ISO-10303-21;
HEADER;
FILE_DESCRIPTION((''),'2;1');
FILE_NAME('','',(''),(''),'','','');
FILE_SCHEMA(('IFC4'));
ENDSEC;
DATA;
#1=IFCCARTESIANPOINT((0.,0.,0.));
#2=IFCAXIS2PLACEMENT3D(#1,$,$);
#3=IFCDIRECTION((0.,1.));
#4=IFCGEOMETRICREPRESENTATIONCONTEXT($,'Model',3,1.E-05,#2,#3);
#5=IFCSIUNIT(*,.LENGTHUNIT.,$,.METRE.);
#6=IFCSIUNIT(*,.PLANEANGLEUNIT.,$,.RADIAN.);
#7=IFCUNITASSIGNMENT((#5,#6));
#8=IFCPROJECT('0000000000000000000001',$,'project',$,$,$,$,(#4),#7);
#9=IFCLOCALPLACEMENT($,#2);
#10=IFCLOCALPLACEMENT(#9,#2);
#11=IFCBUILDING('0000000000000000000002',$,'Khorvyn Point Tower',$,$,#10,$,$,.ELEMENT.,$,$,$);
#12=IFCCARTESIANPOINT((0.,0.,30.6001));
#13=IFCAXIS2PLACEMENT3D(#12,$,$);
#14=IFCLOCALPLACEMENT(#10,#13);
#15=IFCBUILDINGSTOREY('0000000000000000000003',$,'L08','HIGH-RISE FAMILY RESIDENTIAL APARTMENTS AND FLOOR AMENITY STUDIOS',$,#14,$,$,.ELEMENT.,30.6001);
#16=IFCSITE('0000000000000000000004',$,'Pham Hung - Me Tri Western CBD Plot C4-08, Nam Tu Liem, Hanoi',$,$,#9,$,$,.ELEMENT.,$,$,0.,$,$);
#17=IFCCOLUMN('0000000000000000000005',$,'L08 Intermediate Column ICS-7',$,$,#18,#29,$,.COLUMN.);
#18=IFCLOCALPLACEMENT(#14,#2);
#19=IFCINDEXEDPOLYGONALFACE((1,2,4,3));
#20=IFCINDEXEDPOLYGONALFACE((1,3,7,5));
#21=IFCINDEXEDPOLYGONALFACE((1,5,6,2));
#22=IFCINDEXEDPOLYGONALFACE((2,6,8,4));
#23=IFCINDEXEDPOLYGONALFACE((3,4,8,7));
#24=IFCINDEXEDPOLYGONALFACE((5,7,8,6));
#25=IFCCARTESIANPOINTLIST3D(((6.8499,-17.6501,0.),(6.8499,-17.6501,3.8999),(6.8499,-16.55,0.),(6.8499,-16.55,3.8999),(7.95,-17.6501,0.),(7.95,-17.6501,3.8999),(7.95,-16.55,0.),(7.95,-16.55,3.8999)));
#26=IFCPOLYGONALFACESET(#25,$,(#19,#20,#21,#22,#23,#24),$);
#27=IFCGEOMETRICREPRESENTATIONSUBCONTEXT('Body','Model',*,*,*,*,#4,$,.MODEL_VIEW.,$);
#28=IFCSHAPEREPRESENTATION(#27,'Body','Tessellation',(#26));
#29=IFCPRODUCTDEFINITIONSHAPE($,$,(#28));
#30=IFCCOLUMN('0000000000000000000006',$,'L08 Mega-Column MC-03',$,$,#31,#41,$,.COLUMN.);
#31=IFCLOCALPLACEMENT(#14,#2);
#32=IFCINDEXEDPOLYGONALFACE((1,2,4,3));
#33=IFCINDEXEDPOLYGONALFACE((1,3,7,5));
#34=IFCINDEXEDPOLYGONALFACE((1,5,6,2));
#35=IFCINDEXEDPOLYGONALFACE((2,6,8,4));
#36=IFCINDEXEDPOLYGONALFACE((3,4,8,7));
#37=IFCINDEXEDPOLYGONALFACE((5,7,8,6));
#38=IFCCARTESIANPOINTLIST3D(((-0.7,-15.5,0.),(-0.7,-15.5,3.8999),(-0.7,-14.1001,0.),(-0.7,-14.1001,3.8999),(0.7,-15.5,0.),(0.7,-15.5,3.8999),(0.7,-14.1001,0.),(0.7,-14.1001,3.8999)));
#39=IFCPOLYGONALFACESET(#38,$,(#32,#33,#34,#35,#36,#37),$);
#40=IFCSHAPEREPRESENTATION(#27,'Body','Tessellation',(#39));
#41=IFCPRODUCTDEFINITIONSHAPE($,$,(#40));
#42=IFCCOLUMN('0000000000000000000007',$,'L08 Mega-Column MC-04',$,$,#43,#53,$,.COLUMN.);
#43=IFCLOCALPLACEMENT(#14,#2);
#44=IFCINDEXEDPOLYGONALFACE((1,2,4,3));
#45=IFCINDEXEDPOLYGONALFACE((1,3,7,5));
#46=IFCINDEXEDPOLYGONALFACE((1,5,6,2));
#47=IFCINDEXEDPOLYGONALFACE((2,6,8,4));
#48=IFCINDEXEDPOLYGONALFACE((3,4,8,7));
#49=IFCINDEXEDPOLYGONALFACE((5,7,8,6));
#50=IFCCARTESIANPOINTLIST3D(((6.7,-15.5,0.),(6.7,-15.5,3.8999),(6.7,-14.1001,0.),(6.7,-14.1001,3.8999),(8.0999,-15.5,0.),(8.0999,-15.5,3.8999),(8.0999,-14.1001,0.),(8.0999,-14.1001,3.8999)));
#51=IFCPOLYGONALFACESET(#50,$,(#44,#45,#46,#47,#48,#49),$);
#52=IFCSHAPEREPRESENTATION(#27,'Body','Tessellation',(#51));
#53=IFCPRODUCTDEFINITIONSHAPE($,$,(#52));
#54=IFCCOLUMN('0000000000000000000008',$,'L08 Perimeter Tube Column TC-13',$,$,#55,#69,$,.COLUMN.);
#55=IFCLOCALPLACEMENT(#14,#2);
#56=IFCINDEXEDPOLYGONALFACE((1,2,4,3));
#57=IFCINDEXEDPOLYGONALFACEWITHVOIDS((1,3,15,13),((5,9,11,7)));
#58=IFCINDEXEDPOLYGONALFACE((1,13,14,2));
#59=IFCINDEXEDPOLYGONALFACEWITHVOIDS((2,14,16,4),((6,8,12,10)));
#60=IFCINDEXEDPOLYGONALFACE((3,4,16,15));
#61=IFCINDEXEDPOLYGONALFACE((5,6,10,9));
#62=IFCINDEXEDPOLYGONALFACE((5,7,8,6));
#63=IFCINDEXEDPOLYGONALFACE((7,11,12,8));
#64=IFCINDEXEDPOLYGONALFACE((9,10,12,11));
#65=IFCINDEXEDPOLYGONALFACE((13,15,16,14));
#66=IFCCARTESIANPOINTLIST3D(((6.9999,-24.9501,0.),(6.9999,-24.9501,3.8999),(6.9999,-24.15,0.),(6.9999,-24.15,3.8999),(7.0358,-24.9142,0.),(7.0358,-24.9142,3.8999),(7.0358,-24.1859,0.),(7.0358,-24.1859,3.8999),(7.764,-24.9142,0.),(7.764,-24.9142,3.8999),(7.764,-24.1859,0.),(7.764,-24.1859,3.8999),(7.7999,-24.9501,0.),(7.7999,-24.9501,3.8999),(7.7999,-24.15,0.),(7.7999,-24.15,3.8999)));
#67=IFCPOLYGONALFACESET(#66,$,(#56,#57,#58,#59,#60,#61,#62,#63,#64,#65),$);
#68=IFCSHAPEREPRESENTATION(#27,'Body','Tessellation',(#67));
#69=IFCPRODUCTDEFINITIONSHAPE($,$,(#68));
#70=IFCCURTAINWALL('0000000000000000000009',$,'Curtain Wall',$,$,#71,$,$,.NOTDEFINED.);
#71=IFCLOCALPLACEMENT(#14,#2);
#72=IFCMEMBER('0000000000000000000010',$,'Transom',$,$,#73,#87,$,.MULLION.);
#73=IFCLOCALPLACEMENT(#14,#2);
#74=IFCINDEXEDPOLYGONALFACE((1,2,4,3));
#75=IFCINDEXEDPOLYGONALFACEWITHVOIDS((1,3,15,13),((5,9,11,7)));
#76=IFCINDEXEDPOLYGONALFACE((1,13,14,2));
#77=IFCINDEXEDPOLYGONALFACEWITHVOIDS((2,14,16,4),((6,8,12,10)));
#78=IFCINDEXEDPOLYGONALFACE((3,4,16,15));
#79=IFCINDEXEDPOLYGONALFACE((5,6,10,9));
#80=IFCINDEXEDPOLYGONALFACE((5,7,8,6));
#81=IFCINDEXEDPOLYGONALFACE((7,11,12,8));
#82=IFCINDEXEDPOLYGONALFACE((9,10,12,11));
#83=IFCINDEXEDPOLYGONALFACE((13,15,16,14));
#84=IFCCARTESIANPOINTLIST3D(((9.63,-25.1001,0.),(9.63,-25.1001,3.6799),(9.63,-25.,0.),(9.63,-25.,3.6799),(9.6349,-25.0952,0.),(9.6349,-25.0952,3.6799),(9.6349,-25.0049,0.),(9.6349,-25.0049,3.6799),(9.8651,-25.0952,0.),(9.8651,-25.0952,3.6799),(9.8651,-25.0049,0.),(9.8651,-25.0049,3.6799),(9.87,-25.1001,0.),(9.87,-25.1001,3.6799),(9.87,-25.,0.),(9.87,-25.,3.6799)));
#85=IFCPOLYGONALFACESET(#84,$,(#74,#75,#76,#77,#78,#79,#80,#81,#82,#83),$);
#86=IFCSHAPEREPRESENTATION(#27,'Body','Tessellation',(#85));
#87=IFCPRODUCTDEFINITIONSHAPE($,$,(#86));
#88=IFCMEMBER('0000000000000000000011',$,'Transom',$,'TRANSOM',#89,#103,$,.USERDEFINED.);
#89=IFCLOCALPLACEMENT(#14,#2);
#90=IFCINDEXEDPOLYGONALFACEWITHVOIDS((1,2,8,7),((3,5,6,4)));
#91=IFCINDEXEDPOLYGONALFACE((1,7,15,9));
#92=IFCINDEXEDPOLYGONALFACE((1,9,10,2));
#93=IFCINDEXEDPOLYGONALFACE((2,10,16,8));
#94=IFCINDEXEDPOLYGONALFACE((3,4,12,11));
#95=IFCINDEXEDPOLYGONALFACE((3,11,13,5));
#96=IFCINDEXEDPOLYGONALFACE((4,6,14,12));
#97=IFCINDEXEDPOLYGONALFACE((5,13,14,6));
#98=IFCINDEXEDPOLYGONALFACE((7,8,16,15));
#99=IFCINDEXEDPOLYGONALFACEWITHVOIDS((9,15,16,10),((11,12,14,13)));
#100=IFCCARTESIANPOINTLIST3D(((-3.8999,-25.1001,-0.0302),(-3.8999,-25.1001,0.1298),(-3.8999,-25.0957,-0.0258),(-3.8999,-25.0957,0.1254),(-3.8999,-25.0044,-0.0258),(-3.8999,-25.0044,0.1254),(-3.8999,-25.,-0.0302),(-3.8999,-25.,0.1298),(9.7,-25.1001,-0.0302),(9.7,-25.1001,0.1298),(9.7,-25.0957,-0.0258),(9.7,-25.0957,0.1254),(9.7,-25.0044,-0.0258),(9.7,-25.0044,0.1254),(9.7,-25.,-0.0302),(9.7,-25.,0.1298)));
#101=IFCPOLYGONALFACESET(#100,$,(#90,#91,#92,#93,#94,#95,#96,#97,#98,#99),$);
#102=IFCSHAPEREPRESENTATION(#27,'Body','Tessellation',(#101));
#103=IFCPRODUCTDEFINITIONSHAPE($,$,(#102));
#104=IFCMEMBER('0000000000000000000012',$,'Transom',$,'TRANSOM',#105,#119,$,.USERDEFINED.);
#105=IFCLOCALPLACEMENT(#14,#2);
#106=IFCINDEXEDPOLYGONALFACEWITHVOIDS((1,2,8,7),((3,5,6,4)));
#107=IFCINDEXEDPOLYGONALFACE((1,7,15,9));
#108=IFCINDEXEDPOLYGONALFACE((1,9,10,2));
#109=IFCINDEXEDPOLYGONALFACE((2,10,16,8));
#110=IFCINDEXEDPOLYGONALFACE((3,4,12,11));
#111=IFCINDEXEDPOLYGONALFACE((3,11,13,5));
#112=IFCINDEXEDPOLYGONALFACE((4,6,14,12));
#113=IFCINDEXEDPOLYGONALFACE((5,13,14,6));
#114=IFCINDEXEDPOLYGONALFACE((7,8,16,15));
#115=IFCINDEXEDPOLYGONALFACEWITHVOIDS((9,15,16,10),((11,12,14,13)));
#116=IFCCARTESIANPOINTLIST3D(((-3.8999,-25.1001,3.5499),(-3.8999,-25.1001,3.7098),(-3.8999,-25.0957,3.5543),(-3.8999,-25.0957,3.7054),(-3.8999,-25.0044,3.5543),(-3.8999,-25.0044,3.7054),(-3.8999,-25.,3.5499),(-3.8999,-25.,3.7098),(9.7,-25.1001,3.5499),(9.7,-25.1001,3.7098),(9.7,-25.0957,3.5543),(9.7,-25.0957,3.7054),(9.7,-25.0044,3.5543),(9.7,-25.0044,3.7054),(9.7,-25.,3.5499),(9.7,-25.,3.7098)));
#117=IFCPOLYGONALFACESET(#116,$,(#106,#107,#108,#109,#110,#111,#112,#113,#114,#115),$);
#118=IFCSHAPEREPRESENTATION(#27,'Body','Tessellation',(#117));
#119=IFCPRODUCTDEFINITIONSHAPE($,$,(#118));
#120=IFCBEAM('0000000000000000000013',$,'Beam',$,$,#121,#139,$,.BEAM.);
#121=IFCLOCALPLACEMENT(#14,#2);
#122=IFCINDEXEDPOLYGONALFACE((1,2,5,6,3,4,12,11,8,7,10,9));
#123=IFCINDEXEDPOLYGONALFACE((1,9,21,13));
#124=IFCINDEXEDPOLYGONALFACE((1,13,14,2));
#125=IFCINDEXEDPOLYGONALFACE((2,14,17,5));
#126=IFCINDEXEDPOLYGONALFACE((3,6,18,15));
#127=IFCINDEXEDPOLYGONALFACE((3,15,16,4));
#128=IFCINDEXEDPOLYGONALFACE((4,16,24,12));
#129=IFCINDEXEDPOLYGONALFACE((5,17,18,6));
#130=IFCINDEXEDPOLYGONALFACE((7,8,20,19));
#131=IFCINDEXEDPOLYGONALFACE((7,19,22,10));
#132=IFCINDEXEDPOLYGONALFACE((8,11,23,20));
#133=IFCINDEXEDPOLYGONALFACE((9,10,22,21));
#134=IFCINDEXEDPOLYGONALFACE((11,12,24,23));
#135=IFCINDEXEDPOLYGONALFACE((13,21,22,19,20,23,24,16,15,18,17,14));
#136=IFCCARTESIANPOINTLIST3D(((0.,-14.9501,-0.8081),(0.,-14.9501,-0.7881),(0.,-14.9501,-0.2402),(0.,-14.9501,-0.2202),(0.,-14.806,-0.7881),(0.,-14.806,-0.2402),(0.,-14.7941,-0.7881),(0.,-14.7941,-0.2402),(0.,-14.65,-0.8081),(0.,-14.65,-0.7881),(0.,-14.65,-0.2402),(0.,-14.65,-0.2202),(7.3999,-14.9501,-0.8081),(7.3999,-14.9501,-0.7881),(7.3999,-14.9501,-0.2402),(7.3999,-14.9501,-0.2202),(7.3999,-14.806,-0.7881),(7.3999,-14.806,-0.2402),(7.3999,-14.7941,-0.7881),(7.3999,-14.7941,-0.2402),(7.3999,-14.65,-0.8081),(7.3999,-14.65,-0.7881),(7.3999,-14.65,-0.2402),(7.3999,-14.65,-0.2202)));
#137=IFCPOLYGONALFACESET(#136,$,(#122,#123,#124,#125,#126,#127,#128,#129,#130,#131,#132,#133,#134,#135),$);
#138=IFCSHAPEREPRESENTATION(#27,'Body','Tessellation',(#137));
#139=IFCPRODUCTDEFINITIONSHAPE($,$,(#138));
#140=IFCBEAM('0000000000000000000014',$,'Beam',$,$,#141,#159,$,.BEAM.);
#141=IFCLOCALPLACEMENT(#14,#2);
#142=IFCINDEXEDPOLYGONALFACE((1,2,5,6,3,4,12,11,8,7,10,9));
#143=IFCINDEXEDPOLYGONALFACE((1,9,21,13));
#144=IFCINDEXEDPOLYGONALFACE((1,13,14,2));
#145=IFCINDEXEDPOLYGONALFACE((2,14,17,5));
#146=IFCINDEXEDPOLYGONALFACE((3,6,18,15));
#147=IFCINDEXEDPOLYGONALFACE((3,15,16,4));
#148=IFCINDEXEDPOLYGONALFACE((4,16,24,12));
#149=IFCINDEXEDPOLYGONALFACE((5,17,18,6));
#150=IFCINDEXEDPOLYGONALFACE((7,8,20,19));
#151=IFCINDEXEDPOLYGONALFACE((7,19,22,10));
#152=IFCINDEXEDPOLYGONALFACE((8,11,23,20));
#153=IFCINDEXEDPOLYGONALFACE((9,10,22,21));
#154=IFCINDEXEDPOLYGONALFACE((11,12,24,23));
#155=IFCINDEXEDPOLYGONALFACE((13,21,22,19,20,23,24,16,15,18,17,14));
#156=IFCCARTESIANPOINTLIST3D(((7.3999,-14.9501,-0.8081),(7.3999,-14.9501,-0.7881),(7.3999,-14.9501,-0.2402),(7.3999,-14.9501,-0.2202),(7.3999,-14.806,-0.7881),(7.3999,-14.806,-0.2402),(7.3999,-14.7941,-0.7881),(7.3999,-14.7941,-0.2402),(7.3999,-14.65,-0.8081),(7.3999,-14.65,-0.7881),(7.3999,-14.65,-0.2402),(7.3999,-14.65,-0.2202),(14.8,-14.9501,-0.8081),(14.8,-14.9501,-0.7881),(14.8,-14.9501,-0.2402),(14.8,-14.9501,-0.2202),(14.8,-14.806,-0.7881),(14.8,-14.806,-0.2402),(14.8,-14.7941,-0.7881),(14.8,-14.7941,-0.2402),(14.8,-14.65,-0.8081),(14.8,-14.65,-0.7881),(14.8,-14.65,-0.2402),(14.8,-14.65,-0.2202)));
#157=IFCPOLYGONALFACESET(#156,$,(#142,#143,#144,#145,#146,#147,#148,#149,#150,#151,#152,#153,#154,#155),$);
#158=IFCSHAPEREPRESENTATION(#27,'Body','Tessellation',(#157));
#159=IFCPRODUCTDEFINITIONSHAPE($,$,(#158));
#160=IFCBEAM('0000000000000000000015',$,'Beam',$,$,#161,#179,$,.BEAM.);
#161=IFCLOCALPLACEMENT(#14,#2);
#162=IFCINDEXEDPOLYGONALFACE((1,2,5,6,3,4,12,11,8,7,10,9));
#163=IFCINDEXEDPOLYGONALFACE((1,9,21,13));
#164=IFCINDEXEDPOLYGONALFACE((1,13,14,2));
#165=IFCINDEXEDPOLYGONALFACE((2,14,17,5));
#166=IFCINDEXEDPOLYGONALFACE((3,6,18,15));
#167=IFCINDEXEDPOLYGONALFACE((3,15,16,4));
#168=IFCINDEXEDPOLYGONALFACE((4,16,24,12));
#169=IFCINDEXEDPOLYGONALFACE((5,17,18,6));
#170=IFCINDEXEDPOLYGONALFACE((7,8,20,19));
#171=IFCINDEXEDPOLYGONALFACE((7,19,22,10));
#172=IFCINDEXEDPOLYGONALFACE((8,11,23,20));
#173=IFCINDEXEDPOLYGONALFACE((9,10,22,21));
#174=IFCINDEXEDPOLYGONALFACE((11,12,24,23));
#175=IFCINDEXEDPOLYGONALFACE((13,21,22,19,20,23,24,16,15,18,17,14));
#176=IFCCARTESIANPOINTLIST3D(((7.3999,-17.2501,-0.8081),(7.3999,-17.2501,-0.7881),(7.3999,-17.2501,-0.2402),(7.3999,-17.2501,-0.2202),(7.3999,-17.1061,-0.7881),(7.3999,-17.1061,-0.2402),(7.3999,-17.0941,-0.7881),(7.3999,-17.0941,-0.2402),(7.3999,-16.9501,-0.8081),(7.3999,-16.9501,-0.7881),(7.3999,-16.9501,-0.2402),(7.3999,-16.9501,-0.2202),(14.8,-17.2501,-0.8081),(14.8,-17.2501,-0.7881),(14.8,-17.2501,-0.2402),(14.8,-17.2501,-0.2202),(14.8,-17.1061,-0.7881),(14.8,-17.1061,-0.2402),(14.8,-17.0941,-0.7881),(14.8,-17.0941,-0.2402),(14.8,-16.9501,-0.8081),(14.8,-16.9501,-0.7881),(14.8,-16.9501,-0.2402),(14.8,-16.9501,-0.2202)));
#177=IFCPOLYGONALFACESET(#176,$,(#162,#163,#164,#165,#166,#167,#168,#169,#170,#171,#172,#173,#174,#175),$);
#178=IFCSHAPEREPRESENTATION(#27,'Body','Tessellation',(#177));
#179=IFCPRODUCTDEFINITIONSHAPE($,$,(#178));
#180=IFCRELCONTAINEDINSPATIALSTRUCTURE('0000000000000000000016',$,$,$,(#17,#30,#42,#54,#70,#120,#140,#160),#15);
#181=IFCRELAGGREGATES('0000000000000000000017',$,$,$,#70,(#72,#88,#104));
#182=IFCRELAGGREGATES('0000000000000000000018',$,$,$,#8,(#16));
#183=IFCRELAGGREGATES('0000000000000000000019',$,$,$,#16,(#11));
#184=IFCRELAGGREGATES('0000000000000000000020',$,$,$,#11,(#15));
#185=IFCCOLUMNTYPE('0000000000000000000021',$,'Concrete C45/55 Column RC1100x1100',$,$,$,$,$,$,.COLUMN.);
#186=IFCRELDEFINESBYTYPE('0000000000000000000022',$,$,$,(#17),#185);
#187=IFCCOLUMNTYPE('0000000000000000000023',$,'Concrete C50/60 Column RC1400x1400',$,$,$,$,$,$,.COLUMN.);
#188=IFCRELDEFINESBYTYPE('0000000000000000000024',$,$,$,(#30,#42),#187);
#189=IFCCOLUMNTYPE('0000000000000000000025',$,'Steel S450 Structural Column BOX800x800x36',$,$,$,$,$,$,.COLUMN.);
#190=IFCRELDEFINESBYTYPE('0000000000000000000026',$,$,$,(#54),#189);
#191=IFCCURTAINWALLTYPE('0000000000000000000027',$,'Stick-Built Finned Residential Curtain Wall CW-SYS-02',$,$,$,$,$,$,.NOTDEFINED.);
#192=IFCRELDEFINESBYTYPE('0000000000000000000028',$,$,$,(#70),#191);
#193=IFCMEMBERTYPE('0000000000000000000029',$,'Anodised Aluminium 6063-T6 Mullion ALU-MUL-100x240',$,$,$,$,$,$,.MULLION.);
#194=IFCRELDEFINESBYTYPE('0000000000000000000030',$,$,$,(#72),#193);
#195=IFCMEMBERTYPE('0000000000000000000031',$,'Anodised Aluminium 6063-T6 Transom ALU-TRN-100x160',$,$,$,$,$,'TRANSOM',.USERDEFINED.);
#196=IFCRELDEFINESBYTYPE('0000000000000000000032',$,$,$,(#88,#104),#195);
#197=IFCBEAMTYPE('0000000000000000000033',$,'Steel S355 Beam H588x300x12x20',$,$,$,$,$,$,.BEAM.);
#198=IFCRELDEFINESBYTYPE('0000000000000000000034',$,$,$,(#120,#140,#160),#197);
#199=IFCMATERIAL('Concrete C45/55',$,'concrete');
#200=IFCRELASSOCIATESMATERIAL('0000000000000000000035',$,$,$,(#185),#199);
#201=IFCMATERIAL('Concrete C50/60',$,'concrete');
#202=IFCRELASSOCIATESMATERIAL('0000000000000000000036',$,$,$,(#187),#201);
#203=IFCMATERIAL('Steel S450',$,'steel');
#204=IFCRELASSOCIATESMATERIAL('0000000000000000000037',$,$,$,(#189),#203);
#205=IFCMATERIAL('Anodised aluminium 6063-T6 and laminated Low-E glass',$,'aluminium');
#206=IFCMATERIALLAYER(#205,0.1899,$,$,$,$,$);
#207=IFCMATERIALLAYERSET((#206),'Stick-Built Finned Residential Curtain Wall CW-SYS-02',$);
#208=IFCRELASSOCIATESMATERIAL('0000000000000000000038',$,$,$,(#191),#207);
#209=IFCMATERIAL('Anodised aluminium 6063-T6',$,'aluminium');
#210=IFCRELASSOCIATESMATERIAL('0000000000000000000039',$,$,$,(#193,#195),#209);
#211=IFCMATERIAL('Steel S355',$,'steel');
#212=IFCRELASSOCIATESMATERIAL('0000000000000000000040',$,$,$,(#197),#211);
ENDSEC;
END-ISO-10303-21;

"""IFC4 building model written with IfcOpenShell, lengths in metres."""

from ifc_helpers import new_model, si_unit, direction, frame, origin, origin_2d, place, context, subcontext, project, spatial, rectangle, hollow_rectangle, i_section, extrude, material, layer, layer_set, material_profile, profile_set, type_object, element, aggregate, save


model = new_model("IFC4")

# Units and contexts
model_context = context("Model", 3, precision=1e-05, world=origin(), true_north=direction((0.0, 1.0)))
body_context = subcontext(model_context, "Body", "Model", "MODEL_VIEW")
ifc_project = project(units=[si_unit("LENGTHUNIT", "METRE"), si_unit("PLANEANGLEUNIT", "RADIAN")], contexts=[model_context])

# Site, building, storey
site_placement = place(None, origin())
site = spatial("IfcSite", under=ifc_project, at=site_placement, Name="Pham Hung - Me Tri Western CBD Plot C4-08, Nam Tu Liem, Hanoi", CompositionType="ELEMENT", RefElevation=0.0)
building_placement = place(site_placement, origin())
building = spatial("IfcBuilding", under=site, at=building_placement, Name="Khorvyn Point Tower", CompositionType="ELEMENT")
storey_placement = place(building_placement, frame((0.0, 0.0, 30.6001)))
storey = spatial("IfcBuildingStorey", under=building, at=storey_placement, Name="L08", Description="HIGH-RISE FAMILY RESIDENTIAL APARTMENTS AND FLOOR AMENITY STUDIOS", CompositionType="ELEMENT", Elevation=30.6001)

# Columns
ifc_material_1 = material(Name="Concrete C45/55", Category="concrete")
ifc_material_profile_1 = material_profile(ifc_material_1, rectangle(XDim=1.1001, YDim=1.1001, at=origin_2d()))
ifc_profile_set_1 = profile_set([ifc_material_profile_1], Name="Concrete C45/55 RC1100x1100")
column_type_1 = type_object("IfcColumnType", Name="Concrete C45/55 Column RC1100x1100", PredefinedType="COLUMN", material=ifc_profile_set_1)
column_1_placement = place(storey_placement, frame((7.3999, -17.1001, 0.0), z_axis=(0.0, 0.0, 1.0), x_axis=(1.0, 0.0, 0.0)))
element("IfcColumn", 1, at=column_1_placement, inside=storey, type_object=column_type_1, Name="L08 Intermediate Column ICS-7", PredefinedType="COLUMN", context=body_context, shape_type="SweptSolid", body=[
    extrude(rectangle(XDim=1.1001, YDim=1.1001, at=origin_2d()), origin(), (0.0, 0.0, 1.0), 3.8999),
])
ifc_material_2 = material(Name="Concrete C50/60", Category="concrete")
ifc_material_profile_2 = material_profile(ifc_material_2, rectangle(XDim=1.3999, YDim=1.3999, at=origin_2d()))
ifc_profile_set_2 = profile_set([ifc_material_profile_2], Name="Concrete C50/60 RC1400x1400")
column_type_2 = type_object("IfcColumnType", Name="Concrete C50/60 Column RC1400x1400", PredefinedType="COLUMN", material=ifc_profile_set_2)
for number, where, z_axis, x_axis, name in (
    (2, (0.0, -14.8, 0.0), (0.0, 0.0, 1.0), (1.0, 0.0, 0.0), "L08 Mega-Column MC-03"),
    (3, (7.3999, -14.8, 0.0), (0.0, 0.0, 1.0), (1.0, 0.0, 0.0), "L08 Mega-Column MC-04"),
):
    element("IfcColumn", number, at=place(storey_placement, frame(where, z_axis=z_axis, x_axis=x_axis)), inside=storey, type_object=column_type_2, Name=name, PredefinedType="COLUMN", context=body_context, shape_type="SweptSolid", body=[
        extrude(rectangle(XDim=1.3999, YDim=1.3999, at=origin_2d()), origin(), (0.0, 0.0, 1.0), 3.8999),
    ])
ifc_material_3 = material(Name="Steel S450", Category="steel")
ifc_material_profile_3 = material_profile(ifc_material_3, hollow_rectangle(XDim=0.8, YDim=0.8, WallThickness=0.0359, at=origin_2d()))
ifc_profile_set_3 = profile_set([ifc_material_profile_3], Name="Steel S450 BOX800x800x36")
column_type_3 = type_object("IfcColumnType", Name="Steel S450 Structural Column BOX800x800x36", PredefinedType="COLUMN", material=ifc_profile_set_3)
column_2_placement = place(storey_placement, frame((7.3999, -24.55, 0.0), z_axis=(0.0, 0.0, 1.0), x_axis=(1.0, 0.0, 0.0)))
element("IfcColumn", 4, at=column_2_placement, inside=storey, type_object=column_type_3, Name="L08 Perimeter Tube Column TC-13", PredefinedType="COLUMN", context=body_context, shape_type="SweptSolid", body=[
    extrude(hollow_rectangle(XDim=0.8, YDim=0.8, WallThickness=0.0359, at=origin_2d()), origin(), (0.0, 0.0, 1.0), 3.8999),
])

# Curtain wall, members
ifc_material_4 = material(Name="Anodised aluminium 6063-T6 and laminated Low-E glass", Category="aluminium")
ifc_layer_1 = layer(ifc_material_4, 0.1899)
ifc_layer_set_1 = layer_set([ifc_layer_1], Name="Stick-Built Finned Residential Curtain Wall CW-SYS-02")
curtain_wall_type = type_object("IfcCurtainWallType", Name="Stick-Built Finned Residential Curtain Wall CW-SYS-02", PredefinedType="NOTDEFINED", material=ifc_layer_set_1)
curtain_wall_placement = place(storey_placement, origin())
curtain_wall = element("IfcCurtainWall", 5, at=curtain_wall_placement, inside=storey, type_object=curtain_wall_type, Name="Curtain Wall", PredefinedType="NOTDEFINED")
ifc_material_5 = material(Name="Anodised aluminium 6063-T6", Category="aluminium")
ifc_material_profile_4 = material_profile(ifc_material_5, hollow_rectangle(XDim=0.1001, YDim=0.24, WallThickness=0.0049, at=origin_2d()))
ifc_profile_set_4 = profile_set([ifc_material_profile_4], Name="Anodised aluminium 6063-T6 ALU-MUL-100x240")
member_type_1 = type_object("IfcMemberType", Name="Anodised Aluminium 6063-T6 Mullion ALU-MUL-100x240", PredefinedType="MULLION", material=ifc_profile_set_4)
member_1_placement = place(storey_placement, frame((9.75, -25.05, 0.0), z_axis=(0.0, 0.0, 1.0), x_axis=(0.0, -1.0, 0.0)))
member_1 = element("IfcMember", 6, at=member_1_placement, type_object=member_type_1, Name="Transom", PredefinedType="MULLION", context=body_context, shape_type="SweptSolid", body=[
    extrude(hollow_rectangle(XDim=0.1001, YDim=0.24, WallThickness=0.0049, at=origin_2d()), origin(), (0.0, 0.0, 1.0), 3.6799),
])
ifc_material_profile_5 = material_profile(ifc_material_5, hollow_rectangle(XDim=0.1001, YDim=0.1599, WallThickness=0.0044, at=origin_2d()))
ifc_profile_set_5 = profile_set([ifc_material_profile_5], Name="Anodised aluminium 6063-T6 ALU-TRN-100x160")
member_type_2 = type_object("IfcMemberType", Name="Anodised Aluminium 6063-T6 Transom ALU-TRN-100x160", ElementType="TRANSOM", PredefinedType="USERDEFINED", material=ifc_profile_set_5)
member_2_placement = place(storey_placement, frame((9.7, -25.05, 0.0498), z_axis=(-1.0, 0.0, 0.0), x_axis=(0.0, -1.0, 0.0)))
member_2 = element("IfcMember", 7, at=member_2_placement, type_object=member_type_2, Name="Transom", ObjectType="TRANSOM", PredefinedType="USERDEFINED", context=body_context, shape_type="SweptSolid", body=[
    extrude(hollow_rectangle(XDim=0.1001, YDim=0.1599, WallThickness=0.0044, at=origin_2d()), origin(), (0.0, 0.0, 1.0), 13.5999),
])
member_3_placement = place(storey_placement, frame((9.7, -25.05, 3.6299), z_axis=(-1.0, 0.0, 0.0), x_axis=(0.0, -1.0, 0.0)))
member_3 = element("IfcMember", 8, at=member_3_placement, type_object=member_type_2, Name="Transom", ObjectType="TRANSOM", PredefinedType="USERDEFINED", context=body_context, shape_type="SweptSolid", body=[
    extrude(hollow_rectangle(XDim=0.1001, YDim=0.1599, WallThickness=0.0044, at=origin_2d()), origin(), (0.0, 0.0, 1.0), 13.5999),
])

# Beams
ifc_material_6 = material(Name="Steel S355", Category="steel")
ifc_material_profile_6 = material_profile(ifc_material_6, i_section(OverallWidth=0.3, OverallDepth=0.5879, WebThickness=0.012, FlangeThickness=0.02, at=origin_2d()))
ifc_profile_set_6 = profile_set([ifc_material_profile_6], Name="Steel S355 H588x300x12x20")
beam_type_1 = type_object("IfcBeamType", Name="Steel S355 Beam H588x300x12x20", PredefinedType="BEAM", material=ifc_profile_set_6)
beam_1_placement = place(storey_placement, frame((0.0, -14.8, -0.5142), z_axis=(1.0, 0.0, 0.0), x_axis=(0.0, 1.0, 0.0)))
element("IfcBeam", 9, at=beam_1_placement, inside=storey, type_object=beam_type_1, Name="Beam", PredefinedType="BEAM", context=body_context, shape_type="SweptSolid", body=[
    extrude(i_section(OverallWidth=0.3, OverallDepth=0.5879, WebThickness=0.012, FlangeThickness=0.02, at=origin_2d()), origin(), (0.0, 0.0, 1.0), 7.3999),
])
for number, where, z_axis, x_axis, name in (
    (10, (7.3999, -14.8, -0.5142), (1.0, 0.0, 0.0), (0.0, 1.0, 0.0), "Beam"),
    (11, (7.3999, -17.1001, -0.5142), (1.0, 0.0, 0.0), (0.0, 1.0, 0.0), "Beam"),
):
    element("IfcBeam", number, at=place(storey_placement, frame(where, z_axis=z_axis, x_axis=x_axis)), inside=storey, type_object=beam_type_1, Name=name, PredefinedType="BEAM", context=body_context, shape_type="SweptSolid", body=[
        extrude(i_section(OverallWidth=0.3, OverallDepth=0.5879, WebThickness=0.012, FlangeThickness=0.02, at=origin_2d()), origin(), (0.0, 0.0, 1.0), 7.4001),
    ])

aggregate(curtain_wall, [member_1, member_2, member_3])

save(model, "model.ifc")
